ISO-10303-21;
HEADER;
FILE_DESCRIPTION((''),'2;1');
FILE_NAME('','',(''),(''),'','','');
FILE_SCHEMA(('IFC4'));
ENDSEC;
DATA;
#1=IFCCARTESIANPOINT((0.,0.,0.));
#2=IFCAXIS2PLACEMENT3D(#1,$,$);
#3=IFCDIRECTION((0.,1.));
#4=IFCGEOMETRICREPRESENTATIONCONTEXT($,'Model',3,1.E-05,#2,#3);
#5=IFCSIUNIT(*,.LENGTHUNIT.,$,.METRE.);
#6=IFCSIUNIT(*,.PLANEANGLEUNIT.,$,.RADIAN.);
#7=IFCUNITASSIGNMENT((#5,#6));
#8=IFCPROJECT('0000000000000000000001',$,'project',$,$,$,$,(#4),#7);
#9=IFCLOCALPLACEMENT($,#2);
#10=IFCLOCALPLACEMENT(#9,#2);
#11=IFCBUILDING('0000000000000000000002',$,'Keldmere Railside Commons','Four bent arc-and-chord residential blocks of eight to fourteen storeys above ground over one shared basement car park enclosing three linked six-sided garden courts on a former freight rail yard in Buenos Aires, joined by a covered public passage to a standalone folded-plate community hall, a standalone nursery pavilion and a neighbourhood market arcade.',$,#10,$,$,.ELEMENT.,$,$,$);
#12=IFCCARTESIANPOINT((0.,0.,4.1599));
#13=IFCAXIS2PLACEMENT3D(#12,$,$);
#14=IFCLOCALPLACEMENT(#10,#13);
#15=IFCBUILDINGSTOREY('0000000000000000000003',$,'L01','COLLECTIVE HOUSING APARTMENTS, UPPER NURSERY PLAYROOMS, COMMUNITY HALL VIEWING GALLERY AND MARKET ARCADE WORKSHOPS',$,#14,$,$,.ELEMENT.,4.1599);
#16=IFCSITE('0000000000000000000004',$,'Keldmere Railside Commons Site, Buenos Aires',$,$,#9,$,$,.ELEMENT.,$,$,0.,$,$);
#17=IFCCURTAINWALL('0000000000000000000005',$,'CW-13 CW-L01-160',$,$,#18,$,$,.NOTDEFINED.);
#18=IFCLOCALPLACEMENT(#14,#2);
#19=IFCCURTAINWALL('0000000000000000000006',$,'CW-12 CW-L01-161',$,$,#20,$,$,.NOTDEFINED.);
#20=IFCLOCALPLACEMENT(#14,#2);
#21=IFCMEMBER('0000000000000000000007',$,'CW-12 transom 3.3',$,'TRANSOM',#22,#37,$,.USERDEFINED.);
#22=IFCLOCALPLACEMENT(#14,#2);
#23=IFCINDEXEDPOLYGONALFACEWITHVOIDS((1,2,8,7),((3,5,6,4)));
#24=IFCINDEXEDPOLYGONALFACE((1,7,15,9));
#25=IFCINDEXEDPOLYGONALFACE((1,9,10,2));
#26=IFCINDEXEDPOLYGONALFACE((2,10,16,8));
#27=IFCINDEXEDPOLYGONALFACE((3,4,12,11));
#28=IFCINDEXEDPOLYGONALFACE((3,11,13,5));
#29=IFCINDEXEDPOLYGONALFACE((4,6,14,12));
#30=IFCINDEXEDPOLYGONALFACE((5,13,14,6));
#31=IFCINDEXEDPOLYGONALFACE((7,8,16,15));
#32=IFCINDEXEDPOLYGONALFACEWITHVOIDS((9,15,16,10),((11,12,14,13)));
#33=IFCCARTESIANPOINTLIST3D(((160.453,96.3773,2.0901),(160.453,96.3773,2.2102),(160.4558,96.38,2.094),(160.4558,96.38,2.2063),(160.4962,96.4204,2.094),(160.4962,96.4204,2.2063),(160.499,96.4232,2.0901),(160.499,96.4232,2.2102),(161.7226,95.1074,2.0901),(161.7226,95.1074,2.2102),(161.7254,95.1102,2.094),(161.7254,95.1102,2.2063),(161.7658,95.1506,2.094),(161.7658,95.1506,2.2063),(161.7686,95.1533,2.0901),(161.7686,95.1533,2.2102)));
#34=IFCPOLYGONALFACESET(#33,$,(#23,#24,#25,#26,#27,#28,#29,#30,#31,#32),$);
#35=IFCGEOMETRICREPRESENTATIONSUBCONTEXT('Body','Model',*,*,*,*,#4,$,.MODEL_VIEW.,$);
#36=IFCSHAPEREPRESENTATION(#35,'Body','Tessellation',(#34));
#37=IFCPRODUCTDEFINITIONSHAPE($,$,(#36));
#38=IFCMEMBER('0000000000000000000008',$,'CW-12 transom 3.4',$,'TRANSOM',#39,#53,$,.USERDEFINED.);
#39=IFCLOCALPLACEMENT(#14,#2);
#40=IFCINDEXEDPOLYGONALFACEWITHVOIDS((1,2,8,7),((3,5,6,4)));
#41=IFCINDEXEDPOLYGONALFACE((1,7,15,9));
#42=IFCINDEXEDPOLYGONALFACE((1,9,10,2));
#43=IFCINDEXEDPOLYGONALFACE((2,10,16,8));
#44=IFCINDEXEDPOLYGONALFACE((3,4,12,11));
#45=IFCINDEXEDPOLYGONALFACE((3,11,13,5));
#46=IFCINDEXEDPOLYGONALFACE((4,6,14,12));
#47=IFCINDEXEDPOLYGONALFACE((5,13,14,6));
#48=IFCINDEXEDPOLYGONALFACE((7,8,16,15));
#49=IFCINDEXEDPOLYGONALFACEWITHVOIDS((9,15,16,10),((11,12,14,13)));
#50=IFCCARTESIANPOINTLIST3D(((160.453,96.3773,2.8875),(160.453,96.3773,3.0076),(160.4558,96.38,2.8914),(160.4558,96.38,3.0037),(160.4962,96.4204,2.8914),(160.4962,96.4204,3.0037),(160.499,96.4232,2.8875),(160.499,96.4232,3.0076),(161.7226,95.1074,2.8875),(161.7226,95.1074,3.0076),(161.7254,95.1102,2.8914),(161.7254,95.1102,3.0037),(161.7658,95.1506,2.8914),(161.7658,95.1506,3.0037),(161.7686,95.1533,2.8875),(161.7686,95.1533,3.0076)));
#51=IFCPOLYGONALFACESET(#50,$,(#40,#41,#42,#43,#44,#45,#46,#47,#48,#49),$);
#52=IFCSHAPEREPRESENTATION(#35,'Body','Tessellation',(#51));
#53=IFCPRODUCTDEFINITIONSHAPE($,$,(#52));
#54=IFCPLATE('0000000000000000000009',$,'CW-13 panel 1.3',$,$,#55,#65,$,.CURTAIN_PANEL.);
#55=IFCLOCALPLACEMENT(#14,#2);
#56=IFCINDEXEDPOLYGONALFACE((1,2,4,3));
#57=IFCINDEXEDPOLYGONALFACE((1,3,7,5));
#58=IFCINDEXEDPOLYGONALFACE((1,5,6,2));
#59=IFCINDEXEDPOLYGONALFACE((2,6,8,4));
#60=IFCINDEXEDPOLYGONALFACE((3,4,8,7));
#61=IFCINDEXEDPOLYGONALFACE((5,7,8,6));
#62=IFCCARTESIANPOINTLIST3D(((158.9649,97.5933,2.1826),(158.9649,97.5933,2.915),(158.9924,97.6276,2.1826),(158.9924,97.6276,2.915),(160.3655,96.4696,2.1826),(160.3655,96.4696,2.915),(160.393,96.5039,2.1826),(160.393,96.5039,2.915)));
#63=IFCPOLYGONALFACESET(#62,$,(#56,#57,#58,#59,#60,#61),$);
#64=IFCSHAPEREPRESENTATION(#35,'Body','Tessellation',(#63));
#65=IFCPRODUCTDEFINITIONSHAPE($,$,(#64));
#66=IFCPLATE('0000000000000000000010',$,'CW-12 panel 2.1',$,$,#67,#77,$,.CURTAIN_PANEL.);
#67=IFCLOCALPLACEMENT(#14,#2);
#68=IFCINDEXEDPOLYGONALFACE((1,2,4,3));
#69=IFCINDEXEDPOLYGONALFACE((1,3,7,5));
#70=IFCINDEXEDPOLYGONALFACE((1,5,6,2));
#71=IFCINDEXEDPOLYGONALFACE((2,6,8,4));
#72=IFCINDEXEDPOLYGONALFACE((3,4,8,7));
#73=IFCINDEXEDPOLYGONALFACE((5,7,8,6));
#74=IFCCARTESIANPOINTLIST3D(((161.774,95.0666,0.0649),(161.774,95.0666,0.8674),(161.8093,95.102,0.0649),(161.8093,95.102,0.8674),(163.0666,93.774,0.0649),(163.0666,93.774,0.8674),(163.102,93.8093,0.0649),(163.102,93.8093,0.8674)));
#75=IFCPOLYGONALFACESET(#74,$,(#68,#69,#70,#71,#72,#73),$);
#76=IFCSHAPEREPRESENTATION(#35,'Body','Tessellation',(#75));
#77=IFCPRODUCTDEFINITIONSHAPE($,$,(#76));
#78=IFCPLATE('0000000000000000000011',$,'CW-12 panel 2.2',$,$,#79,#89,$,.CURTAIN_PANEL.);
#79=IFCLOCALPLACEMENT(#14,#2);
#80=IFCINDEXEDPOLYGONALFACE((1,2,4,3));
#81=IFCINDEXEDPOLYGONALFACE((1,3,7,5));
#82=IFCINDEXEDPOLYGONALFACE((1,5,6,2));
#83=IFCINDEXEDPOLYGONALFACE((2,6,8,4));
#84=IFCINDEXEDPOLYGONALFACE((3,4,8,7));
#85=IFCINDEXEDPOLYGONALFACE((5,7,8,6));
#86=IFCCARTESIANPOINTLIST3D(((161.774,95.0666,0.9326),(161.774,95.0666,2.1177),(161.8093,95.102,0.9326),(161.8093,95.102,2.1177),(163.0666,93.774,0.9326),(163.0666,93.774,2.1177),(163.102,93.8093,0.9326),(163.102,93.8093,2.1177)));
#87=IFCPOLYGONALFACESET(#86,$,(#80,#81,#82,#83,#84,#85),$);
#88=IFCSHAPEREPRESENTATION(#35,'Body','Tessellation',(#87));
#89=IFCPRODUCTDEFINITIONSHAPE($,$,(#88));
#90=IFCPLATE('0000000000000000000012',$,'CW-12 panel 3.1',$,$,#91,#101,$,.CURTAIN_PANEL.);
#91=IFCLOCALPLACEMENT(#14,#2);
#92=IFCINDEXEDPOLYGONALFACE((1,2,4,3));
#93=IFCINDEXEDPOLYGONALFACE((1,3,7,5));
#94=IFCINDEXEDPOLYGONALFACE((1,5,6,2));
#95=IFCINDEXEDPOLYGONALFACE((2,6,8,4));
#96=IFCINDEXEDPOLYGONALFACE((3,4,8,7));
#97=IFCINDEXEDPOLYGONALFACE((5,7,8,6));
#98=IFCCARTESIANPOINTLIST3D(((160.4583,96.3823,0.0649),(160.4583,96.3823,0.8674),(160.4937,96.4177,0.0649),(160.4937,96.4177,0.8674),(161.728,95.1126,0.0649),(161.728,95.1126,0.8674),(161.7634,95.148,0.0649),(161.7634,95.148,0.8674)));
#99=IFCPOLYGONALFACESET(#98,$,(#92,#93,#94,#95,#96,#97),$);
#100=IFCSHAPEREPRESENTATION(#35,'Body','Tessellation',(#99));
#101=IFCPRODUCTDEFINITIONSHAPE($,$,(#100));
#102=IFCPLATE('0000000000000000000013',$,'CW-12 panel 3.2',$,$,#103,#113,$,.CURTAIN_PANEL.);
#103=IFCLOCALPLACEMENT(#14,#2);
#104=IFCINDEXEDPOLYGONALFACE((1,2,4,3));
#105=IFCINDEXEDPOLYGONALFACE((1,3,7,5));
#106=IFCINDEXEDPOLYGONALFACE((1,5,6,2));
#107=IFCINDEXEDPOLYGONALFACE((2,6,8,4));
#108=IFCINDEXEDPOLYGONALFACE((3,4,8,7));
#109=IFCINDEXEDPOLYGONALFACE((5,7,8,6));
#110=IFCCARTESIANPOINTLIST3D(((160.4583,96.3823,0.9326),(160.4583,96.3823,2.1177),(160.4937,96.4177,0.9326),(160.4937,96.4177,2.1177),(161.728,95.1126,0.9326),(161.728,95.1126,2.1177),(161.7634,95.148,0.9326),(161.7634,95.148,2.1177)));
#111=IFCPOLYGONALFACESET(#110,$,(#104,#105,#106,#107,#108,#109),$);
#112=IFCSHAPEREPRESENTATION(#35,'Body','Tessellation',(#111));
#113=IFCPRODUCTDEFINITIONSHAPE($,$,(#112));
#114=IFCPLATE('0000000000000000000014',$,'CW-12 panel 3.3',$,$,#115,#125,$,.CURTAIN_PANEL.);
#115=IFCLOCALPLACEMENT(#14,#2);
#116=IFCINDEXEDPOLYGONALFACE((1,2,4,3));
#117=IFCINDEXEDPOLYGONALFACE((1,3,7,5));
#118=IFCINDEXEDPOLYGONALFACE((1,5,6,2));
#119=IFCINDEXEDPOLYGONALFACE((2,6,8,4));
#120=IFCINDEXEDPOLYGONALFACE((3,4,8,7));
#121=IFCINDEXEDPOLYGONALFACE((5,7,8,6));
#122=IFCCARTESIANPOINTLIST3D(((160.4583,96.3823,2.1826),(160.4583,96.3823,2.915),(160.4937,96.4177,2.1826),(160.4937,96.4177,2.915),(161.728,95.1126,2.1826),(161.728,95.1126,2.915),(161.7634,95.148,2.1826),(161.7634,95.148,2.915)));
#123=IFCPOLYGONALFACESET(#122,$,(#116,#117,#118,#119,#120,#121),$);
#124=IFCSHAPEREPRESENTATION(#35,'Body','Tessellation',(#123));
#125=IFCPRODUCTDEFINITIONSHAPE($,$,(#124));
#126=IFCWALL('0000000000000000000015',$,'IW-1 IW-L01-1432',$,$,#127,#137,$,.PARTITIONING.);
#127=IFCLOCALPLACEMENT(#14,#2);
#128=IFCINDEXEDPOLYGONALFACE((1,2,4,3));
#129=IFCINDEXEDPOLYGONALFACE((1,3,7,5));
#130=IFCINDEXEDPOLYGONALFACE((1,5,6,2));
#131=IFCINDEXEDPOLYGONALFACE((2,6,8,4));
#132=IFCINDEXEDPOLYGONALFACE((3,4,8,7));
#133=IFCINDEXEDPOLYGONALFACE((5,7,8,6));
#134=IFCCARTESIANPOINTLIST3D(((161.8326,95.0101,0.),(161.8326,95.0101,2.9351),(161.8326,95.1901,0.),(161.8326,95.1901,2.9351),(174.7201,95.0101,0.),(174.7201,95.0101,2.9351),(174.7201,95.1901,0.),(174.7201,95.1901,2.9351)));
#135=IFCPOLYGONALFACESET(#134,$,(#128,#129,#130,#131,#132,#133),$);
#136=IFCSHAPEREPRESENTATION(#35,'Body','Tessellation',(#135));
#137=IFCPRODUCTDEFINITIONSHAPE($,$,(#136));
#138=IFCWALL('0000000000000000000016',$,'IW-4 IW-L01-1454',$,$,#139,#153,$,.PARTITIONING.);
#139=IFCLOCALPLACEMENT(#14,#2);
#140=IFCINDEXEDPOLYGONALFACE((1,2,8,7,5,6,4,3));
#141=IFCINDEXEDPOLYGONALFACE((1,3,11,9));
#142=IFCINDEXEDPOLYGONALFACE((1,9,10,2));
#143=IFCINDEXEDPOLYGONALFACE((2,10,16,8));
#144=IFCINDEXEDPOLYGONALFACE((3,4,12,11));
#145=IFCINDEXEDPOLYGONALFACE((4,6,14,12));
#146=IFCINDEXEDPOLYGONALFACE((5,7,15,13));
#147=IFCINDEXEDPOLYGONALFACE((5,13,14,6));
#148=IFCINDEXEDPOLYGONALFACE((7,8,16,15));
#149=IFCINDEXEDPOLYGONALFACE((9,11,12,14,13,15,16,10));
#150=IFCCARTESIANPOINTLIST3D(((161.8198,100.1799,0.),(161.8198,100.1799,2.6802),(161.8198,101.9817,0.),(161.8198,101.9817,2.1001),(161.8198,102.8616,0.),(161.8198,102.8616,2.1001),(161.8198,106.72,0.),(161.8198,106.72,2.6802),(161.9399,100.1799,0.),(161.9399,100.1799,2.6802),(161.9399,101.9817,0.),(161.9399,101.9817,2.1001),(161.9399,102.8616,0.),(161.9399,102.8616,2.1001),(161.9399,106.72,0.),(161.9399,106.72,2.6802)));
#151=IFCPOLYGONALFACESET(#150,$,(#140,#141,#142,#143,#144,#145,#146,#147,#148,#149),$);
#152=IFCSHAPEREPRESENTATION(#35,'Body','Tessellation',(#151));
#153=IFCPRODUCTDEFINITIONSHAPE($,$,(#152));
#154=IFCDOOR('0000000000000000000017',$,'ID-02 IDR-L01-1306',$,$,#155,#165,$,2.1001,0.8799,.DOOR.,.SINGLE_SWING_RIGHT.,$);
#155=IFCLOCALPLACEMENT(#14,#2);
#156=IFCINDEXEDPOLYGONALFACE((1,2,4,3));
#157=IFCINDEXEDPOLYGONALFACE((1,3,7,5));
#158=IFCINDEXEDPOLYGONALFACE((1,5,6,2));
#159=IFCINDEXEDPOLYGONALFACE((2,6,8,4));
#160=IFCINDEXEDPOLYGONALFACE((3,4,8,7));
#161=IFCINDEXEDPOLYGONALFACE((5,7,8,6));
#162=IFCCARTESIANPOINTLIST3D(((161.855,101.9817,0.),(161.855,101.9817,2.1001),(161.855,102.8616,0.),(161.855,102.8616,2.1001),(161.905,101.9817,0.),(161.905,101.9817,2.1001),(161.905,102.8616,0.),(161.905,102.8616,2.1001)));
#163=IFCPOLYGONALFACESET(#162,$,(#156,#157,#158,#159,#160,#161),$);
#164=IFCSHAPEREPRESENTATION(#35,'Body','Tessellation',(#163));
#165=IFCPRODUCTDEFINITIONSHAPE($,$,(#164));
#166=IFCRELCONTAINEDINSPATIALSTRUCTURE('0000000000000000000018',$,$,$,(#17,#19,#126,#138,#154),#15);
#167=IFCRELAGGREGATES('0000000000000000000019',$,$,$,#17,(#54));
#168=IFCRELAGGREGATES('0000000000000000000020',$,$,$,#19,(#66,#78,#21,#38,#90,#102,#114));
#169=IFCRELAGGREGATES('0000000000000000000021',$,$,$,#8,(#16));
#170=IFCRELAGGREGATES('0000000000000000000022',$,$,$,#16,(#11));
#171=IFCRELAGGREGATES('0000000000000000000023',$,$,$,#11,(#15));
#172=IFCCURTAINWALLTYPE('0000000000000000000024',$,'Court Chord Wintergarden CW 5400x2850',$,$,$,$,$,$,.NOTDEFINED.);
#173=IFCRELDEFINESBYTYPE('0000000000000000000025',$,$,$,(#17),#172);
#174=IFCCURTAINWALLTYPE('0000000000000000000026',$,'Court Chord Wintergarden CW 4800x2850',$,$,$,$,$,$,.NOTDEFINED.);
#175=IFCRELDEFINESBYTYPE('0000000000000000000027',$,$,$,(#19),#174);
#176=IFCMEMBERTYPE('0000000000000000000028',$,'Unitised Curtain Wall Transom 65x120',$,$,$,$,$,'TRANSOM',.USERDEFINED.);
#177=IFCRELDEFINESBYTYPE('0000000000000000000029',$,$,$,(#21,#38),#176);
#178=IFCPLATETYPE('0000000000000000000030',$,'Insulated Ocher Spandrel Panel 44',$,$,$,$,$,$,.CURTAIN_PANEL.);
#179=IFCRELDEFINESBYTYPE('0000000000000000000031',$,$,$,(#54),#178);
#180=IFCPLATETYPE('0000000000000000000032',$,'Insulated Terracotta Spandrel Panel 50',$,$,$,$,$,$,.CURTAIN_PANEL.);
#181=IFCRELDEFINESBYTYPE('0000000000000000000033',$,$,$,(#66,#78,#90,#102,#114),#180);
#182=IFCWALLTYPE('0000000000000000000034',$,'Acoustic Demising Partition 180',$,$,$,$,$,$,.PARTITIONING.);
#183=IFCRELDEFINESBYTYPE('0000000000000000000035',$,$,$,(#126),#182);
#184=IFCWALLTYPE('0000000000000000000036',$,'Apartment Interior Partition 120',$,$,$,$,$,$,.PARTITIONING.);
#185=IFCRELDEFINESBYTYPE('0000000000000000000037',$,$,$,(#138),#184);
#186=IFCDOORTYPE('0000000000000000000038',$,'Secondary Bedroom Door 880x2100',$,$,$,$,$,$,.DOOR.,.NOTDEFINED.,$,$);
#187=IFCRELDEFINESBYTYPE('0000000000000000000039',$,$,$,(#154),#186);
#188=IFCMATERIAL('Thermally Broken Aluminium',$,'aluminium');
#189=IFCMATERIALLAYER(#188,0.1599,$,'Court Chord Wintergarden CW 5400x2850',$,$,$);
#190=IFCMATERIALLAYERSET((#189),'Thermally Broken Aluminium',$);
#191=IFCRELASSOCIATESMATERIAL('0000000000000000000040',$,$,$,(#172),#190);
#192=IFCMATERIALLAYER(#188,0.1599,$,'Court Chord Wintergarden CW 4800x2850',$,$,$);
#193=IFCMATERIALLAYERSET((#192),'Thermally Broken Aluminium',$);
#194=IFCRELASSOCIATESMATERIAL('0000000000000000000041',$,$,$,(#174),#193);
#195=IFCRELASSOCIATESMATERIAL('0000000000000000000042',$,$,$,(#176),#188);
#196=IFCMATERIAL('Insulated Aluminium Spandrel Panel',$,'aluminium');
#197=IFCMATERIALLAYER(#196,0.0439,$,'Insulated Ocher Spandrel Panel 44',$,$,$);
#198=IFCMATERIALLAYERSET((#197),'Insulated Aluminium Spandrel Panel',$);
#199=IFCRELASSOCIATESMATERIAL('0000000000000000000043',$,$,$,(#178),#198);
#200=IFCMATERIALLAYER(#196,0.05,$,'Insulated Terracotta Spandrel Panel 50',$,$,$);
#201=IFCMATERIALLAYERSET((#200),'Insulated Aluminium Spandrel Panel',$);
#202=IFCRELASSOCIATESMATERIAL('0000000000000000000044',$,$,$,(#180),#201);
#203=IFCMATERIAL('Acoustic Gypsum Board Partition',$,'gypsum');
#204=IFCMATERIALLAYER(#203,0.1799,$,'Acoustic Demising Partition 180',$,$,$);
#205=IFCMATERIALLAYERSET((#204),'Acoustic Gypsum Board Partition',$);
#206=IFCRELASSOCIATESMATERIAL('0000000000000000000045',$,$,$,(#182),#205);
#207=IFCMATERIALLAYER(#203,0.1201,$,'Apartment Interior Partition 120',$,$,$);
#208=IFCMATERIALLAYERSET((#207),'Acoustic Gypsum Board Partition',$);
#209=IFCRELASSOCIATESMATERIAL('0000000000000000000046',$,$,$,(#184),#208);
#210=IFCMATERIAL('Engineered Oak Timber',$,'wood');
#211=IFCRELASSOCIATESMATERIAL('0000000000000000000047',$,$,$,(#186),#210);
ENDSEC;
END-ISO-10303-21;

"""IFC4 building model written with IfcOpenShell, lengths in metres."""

from ifc_helpers import new_model, si_unit, direction, frame, frame_2d, origin, origin_2d, place, context, subcontext, project, spatial, rectangle, hollow_rectangle, extrude, material, layer, layer_set, material_profile, profile_set, type_object, element, fill, aggregate, save


model = new_model("IFC4")

# Units and contexts
model_context = context("Model", 3, precision=1e-05, world=origin(), true_north=direction((0.0, 1.0)))
body_context = subcontext(model_context, "Body", "Model", "MODEL_VIEW")
ifc_project = project(units=[si_unit("LENGTHUNIT", "METRE"), si_unit("PLANEANGLEUNIT", "RADIAN")], contexts=[model_context])

# Site, building, storey
site_placement = place(None, origin())
site = spatial("IfcSite", under=ifc_project, at=site_placement, Name="Keldmere Railside Commons Site, Buenos Aires", CompositionType="ELEMENT", RefElevation=0.0)
building_placement = place(site_placement, origin())
building = spatial("IfcBuilding", under=site, at=building_placement, Name="Keldmere Railside Commons", Description="Four bent arc-and-chord residential blocks of eight to fourteen storeys above ground over one shared basement car park enclosing three linked six-sided garden courts on a former freight rail yard in Buenos Aires, joined by a covered public passage to a standalone folded-plate community hall, a standalone nursery pavilion and a neighbourhood market arcade.", CompositionType="ELEMENT")
storey_placement = place(building_placement, frame((0.0, 0.0, 4.1599)))
storey = spatial("IfcBuildingStorey", under=building, at=storey_placement, Name="L01", Description="COLLECTIVE HOUSING APARTMENTS, UPPER NURSERY PLAYROOMS, COMMUNITY HALL VIEWING GALLERY AND MARKET ARCADE WORKSHOPS", CompositionType="ELEMENT", Elevation=4.1599)

# Curtain wall
ifc_material_1 = material(Name="Thermally Broken Aluminium", Category="aluminium")
ifc_layer_1 = layer(ifc_material_1, 0.1599, Name="Court Chord Wintergarden CW 5400x2850")
ifc_layer_set_1 = layer_set([ifc_layer_1], Name="Thermally Broken Aluminium")
curtain_wall_type_1 = type_object("IfcCurtainWallType", Name="Court Chord Wintergarden CW 5400x2850", PredefinedType="NOTDEFINED", material=ifc_layer_set_1)
curtain_wall_1_placement = place(storey_placement, origin())
curtain_wall_1 = element("IfcCurtainWall", 1, at=curtain_wall_1_placement, inside=storey, type_object=curtain_wall_type_1, Name="CW-13 CW-L01-160", PredefinedType="NOTDEFINED")

# Curtain wall
ifc_layer_2 = layer(ifc_material_1, 0.1599, Name="Court Chord Wintergarden CW 4800x2850")
ifc_layer_set_2 = layer_set([ifc_layer_2], Name="Thermally Broken Aluminium")
curtain_wall_type_2 = type_object("IfcCurtainWallType", Name="Court Chord Wintergarden CW 4800x2850", PredefinedType="NOTDEFINED", material=ifc_layer_set_2)
curtain_wall_2_placement = place(storey_placement, origin())
curtain_wall_2 = element("IfcCurtainWall", 2, at=curtain_wall_2_placement, inside=storey, type_object=curtain_wall_type_2, Name="CW-12 CW-L01-161", PredefinedType="NOTDEFINED")

# Members
ifc_material_profile_1 = material_profile(ifc_material_1, hollow_rectangle(XDim=0.0649, YDim=0.1201, WallThickness=0.0039, at=origin_2d()), Name="ALU-TRAN-65x120")
ifc_profile_set_1 = profile_set([ifc_material_profile_1], Name="Thermally Broken Aluminium")
member_type_1 = type_object("IfcMemberType", Name="Unitised Curtain Wall Transom 65x120", ElementType="TRANSOM", PredefinedType="USERDEFINED", material=ifc_profile_set_1)
member_1_placement = place(storey_placement, frame((161.7456, 95.1304, 2.1501), z_axis=(-0.707039, 0.707175, 0.0), x_axis=(-0.707175, -0.707039, 0.0)))
member_1 = element("IfcMember", 3, at=member_1_placement, type_object=member_type_1, Name="CW-12 transom 3.3", ObjectType="TRANSOM", PredefinedType="USERDEFINED", context=body_context, shape_type="SweptSolid", body=[
    extrude(hollow_rectangle(XDim=0.0649, YDim=0.1201, WallThickness=0.0039, at=origin_2d()), origin(), (0.0, 0.0, 1.0), 1.7957),
])
member_2_placement = place(storey_placement, frame((161.7456, 95.1304, 2.9475), z_axis=(-0.707039, 0.707175, 0.0), x_axis=(-0.707175, -0.707039, 0.0)))
member_2 = element("IfcMember", 4, at=member_2_placement, type_object=member_type_1, Name="CW-12 transom 3.4", ObjectType="TRANSOM", PredefinedType="USERDEFINED", context=body_context, shape_type="SweptSolid", body=[
    extrude(hollow_rectangle(XDim=0.0649, YDim=0.1201, WallThickness=0.0039, at=origin_2d()), origin(), (0.0, 0.0, 1.0), 1.7957),
])

# Plates
ifc_material_2 = material(Name="Insulated Aluminium Spandrel Panel", Category="aluminium")
ifc_layer_3 = layer(ifc_material_2, 0.0439, Name="Insulated Ocher Spandrel Panel 44")
ifc_layer_set_3 = layer_set([ifc_layer_3], Name="Insulated Aluminium Spandrel Panel")
plate_type_1 = type_object("IfcPlateType", Name="Insulated Ocher Spandrel Panel 44", PredefinedType="CURTAIN_PANEL", material=ifc_layer_set_3)
plate_1_placement = place(storey_placement, frame((159.679, 97.0486, 2.1826), z_axis=(0.0, 0.0, 1.0), x_axis=(-0.780009, 0.625768, 0.0)))
plate_1 = element("IfcPlate", 5, at=plate_1_placement, type_object=plate_type_1, Name="CW-13 panel 1.3", PredefinedType="CURTAIN_PANEL", context=body_context, shape_type="SweptSolid", body=[
    extrude(rectangle(XDim=1.7957, YDim=0.0439, at=origin_2d()), origin(), (0.0, 0.0, 1.0), 0.7324),
])
aggregate(curtain_wall_1, [plate_1])
ifc_layer_4 = layer(ifc_material_2, 0.05, Name="Insulated Terracotta Spandrel Panel 50")
ifc_layer_set_4 = layer_set([ifc_layer_4], Name="Insulated Aluminium Spandrel Panel")
plate_type_2 = type_object("IfcPlateType", Name="Insulated Terracotta Spandrel Panel 50", PredefinedType="CURTAIN_PANEL", material=ifc_layer_set_4)
plate_2_placement = place(storey_placement, frame((162.438, 94.438, 0.0649), z_axis=(0.0, 0.0, 1.0), x_axis=(-0.707107, 0.707107, 0.0)))
plate_2 = element("IfcPlate", 6, at=plate_2_placement, type_object=plate_type_2, Name="CW-12 panel 2.1", PredefinedType="CURTAIN_PANEL", context=body_context, shape_type="SweptSolid", body=[
    extrude(rectangle(XDim=1.8281, YDim=0.05, at=origin_2d()), origin(), (0.0, 0.0, 1.0), 0.8025),
])
plate_3_placement = place(storey_placement, frame((162.438, 94.438, 0.9326), z_axis=(0.0, 0.0, 1.0), x_axis=(-0.707107, 0.707107, 0.0)))
plate_3 = element("IfcPlate", 7, at=plate_3_placement, type_object=plate_type_2, Name="CW-12 panel 2.2", PredefinedType="CURTAIN_PANEL", context=body_context, shape_type="SweptSolid", body=[
    extrude(rectangle(XDim=1.8281, YDim=0.05, at=origin_2d()), origin(), (0.0, 0.0, 1.0), 1.1851),
])
plate_4_placement = place(storey_placement, frame((161.1108, 95.7651, 0.0649), z_axis=(0.0, 0.0, 1.0), x_axis=(-0.707107, 0.707107, 0.0)))
plate_4 = element("IfcPlate", 8, at=plate_4_placement, type_object=plate_type_2, Name="CW-12 panel 3.1", PredefinedType="CURTAIN_PANEL", context=body_context, shape_type="SweptSolid", body=[
    extrude(rectangle(XDim=1.7957, YDim=0.05, at=origin_2d()), origin(), (0.0, 0.0, 1.0), 0.8025),
])
plate_5_placement = place(storey_placement, frame((161.1108, 95.7651, 0.9326), z_axis=(0.0, 0.0, 1.0), x_axis=(-0.707107, 0.707107, 0.0)))
plate_5 = element("IfcPlate", 9, at=plate_5_placement, type_object=plate_type_2, Name="CW-12 panel 3.2", PredefinedType="CURTAIN_PANEL", context=body_context, shape_type="SweptSolid", body=[
    extrude(rectangle(XDim=1.7957, YDim=0.05, at=origin_2d()), origin(), (0.0, 0.0, 1.0), 1.1851),
])
plate_6_placement = place(storey_placement, frame((161.1108, 95.7651, 2.1826), z_axis=(0.0, 0.0, 1.0), x_axis=(-0.707107, 0.707107, 0.0)))
plate_6 = element("IfcPlate", 10, at=plate_6_placement, type_object=plate_type_2, Name="CW-12 panel 3.3", PredefinedType="CURTAIN_PANEL", context=body_context, shape_type="SweptSolid", body=[
    extrude(rectangle(XDim=1.7957, YDim=0.05, at=origin_2d()), origin(), (0.0, 0.0, 1.0), 0.7324),
])
aggregate(curtain_wall_2, [plate_2, plate_3, member_1, member_2, plate_4, plate_5, plate_6])

# Wall
ifc_material_3 = material(Name="Acoustic Gypsum Board Partition", Category="gypsum")
ifc_layer_5 = layer(ifc_material_3, 0.1799, Name="Acoustic Demising Partition 180")
ifc_layer_set_5 = layer_set([ifc_layer_5], Name="Acoustic Gypsum Board Partition")
wall_type_1 = type_object("IfcWallType", Name="Acoustic Demising Partition 180", PredefinedType="PARTITIONING", material=ifc_layer_set_5)
wall_1_placement = place(storey_placement, frame((161.8325, 95.1001, 0.0), z_axis=(0.0, 0.0, 1.0), x_axis=(1.0, 0.0, 0.0)))
element("IfcWall", 11, at=wall_1_placement, inside=storey, type_object=wall_type_1, Name="IW-1 IW-L01-1432", PredefinedType="PARTITIONING", context=body_context, shape_type="SweptSolid", body=[
    extrude(rectangle(XDim=12.8875, YDim=0.1799, at=frame_2d((6.4438, 0.0))), origin(), (0.0, 0.0, 1.0), 2.9351),
])

# Wall, opening, door
ifc_layer_6 = layer(ifc_material_3, 0.1201, Name="Apartment Interior Partition 120")
ifc_layer_set_6 = layer_set([ifc_layer_6], Name="Acoustic Gypsum Board Partition")
wall_type_2 = type_object("IfcWallType", Name="Apartment Interior Partition 120", PredefinedType="PARTITIONING", material=ifc_layer_set_6)
wall_2_placement = place(storey_placement, frame((161.8799, 100.1799, 0.0), z_axis=(0.0, 0.0, 1.0), x_axis=(0.0, 1.0, 0.0)))
wall_2 = element("IfcWall", 12, at=wall_2_placement, inside=storey, type_object=wall_type_2, Name="IW-4 IW-L01-1454", PredefinedType="PARTITIONING", context=body_context, shape_type="SweptSolid", body=[
    extrude(rectangle(XDim=6.54, YDim=0.1201, at=frame_2d((3.27, 0.0))), origin(), (0.0, 0.0, 1.0), 2.6802),
])
opening_placement = place(wall_2_placement, frame((1.8018, 0.0, 0.0)))
opening = element("IfcOpeningElement", 13, at=opening_placement, cuts=wall_2, PredefinedType="OPENING", context=body_context, shape_type="SweptSolid", body=[
    extrude(rectangle(XDim=0.8799, YDim=2.1001, at=frame_2d((0.4399, 1.05))), frame((0.0, 0.0701, 0.0), z_axis=(0.0, -1.0, 0.0), x_axis=(1.0, 0.0, 0.0)), (0.0, 0.0, 1.0), 0.1401),
])
ifc_material_4 = material(Name="Engineered Oak Timber", Category="wood")
door_type = type_object("IfcDoorType", Name="Secondary Bedroom Door 880x2100", OperationType="NOTDEFINED", PredefinedType="DOOR", material=ifc_material_4)
door_placement = place(opening_placement, origin())
door = element("IfcDoor", 14, at=door_placement, inside=storey, type_object=door_type, Name="ID-02 IDR-L01-1306", OperationType="SINGLE_SWING_RIGHT", OverallHeight=2.1001, OverallWidth=0.8799, PredefinedType="DOOR", context=body_context, shape_type="SweptSolid", body=[
    extrude(rectangle(XDim=0.8799, YDim=2.1001, at=frame_2d((0.4399, 1.05))), frame((0.0, 0.0249, 0.0), z_axis=(0.0, -1.0, 0.0), x_axis=(1.0, 0.0, 0.0)), (0.0, 0.0, 1.0), 0.05),
])
fill(opening, door)

save(model, "model.ifc")
